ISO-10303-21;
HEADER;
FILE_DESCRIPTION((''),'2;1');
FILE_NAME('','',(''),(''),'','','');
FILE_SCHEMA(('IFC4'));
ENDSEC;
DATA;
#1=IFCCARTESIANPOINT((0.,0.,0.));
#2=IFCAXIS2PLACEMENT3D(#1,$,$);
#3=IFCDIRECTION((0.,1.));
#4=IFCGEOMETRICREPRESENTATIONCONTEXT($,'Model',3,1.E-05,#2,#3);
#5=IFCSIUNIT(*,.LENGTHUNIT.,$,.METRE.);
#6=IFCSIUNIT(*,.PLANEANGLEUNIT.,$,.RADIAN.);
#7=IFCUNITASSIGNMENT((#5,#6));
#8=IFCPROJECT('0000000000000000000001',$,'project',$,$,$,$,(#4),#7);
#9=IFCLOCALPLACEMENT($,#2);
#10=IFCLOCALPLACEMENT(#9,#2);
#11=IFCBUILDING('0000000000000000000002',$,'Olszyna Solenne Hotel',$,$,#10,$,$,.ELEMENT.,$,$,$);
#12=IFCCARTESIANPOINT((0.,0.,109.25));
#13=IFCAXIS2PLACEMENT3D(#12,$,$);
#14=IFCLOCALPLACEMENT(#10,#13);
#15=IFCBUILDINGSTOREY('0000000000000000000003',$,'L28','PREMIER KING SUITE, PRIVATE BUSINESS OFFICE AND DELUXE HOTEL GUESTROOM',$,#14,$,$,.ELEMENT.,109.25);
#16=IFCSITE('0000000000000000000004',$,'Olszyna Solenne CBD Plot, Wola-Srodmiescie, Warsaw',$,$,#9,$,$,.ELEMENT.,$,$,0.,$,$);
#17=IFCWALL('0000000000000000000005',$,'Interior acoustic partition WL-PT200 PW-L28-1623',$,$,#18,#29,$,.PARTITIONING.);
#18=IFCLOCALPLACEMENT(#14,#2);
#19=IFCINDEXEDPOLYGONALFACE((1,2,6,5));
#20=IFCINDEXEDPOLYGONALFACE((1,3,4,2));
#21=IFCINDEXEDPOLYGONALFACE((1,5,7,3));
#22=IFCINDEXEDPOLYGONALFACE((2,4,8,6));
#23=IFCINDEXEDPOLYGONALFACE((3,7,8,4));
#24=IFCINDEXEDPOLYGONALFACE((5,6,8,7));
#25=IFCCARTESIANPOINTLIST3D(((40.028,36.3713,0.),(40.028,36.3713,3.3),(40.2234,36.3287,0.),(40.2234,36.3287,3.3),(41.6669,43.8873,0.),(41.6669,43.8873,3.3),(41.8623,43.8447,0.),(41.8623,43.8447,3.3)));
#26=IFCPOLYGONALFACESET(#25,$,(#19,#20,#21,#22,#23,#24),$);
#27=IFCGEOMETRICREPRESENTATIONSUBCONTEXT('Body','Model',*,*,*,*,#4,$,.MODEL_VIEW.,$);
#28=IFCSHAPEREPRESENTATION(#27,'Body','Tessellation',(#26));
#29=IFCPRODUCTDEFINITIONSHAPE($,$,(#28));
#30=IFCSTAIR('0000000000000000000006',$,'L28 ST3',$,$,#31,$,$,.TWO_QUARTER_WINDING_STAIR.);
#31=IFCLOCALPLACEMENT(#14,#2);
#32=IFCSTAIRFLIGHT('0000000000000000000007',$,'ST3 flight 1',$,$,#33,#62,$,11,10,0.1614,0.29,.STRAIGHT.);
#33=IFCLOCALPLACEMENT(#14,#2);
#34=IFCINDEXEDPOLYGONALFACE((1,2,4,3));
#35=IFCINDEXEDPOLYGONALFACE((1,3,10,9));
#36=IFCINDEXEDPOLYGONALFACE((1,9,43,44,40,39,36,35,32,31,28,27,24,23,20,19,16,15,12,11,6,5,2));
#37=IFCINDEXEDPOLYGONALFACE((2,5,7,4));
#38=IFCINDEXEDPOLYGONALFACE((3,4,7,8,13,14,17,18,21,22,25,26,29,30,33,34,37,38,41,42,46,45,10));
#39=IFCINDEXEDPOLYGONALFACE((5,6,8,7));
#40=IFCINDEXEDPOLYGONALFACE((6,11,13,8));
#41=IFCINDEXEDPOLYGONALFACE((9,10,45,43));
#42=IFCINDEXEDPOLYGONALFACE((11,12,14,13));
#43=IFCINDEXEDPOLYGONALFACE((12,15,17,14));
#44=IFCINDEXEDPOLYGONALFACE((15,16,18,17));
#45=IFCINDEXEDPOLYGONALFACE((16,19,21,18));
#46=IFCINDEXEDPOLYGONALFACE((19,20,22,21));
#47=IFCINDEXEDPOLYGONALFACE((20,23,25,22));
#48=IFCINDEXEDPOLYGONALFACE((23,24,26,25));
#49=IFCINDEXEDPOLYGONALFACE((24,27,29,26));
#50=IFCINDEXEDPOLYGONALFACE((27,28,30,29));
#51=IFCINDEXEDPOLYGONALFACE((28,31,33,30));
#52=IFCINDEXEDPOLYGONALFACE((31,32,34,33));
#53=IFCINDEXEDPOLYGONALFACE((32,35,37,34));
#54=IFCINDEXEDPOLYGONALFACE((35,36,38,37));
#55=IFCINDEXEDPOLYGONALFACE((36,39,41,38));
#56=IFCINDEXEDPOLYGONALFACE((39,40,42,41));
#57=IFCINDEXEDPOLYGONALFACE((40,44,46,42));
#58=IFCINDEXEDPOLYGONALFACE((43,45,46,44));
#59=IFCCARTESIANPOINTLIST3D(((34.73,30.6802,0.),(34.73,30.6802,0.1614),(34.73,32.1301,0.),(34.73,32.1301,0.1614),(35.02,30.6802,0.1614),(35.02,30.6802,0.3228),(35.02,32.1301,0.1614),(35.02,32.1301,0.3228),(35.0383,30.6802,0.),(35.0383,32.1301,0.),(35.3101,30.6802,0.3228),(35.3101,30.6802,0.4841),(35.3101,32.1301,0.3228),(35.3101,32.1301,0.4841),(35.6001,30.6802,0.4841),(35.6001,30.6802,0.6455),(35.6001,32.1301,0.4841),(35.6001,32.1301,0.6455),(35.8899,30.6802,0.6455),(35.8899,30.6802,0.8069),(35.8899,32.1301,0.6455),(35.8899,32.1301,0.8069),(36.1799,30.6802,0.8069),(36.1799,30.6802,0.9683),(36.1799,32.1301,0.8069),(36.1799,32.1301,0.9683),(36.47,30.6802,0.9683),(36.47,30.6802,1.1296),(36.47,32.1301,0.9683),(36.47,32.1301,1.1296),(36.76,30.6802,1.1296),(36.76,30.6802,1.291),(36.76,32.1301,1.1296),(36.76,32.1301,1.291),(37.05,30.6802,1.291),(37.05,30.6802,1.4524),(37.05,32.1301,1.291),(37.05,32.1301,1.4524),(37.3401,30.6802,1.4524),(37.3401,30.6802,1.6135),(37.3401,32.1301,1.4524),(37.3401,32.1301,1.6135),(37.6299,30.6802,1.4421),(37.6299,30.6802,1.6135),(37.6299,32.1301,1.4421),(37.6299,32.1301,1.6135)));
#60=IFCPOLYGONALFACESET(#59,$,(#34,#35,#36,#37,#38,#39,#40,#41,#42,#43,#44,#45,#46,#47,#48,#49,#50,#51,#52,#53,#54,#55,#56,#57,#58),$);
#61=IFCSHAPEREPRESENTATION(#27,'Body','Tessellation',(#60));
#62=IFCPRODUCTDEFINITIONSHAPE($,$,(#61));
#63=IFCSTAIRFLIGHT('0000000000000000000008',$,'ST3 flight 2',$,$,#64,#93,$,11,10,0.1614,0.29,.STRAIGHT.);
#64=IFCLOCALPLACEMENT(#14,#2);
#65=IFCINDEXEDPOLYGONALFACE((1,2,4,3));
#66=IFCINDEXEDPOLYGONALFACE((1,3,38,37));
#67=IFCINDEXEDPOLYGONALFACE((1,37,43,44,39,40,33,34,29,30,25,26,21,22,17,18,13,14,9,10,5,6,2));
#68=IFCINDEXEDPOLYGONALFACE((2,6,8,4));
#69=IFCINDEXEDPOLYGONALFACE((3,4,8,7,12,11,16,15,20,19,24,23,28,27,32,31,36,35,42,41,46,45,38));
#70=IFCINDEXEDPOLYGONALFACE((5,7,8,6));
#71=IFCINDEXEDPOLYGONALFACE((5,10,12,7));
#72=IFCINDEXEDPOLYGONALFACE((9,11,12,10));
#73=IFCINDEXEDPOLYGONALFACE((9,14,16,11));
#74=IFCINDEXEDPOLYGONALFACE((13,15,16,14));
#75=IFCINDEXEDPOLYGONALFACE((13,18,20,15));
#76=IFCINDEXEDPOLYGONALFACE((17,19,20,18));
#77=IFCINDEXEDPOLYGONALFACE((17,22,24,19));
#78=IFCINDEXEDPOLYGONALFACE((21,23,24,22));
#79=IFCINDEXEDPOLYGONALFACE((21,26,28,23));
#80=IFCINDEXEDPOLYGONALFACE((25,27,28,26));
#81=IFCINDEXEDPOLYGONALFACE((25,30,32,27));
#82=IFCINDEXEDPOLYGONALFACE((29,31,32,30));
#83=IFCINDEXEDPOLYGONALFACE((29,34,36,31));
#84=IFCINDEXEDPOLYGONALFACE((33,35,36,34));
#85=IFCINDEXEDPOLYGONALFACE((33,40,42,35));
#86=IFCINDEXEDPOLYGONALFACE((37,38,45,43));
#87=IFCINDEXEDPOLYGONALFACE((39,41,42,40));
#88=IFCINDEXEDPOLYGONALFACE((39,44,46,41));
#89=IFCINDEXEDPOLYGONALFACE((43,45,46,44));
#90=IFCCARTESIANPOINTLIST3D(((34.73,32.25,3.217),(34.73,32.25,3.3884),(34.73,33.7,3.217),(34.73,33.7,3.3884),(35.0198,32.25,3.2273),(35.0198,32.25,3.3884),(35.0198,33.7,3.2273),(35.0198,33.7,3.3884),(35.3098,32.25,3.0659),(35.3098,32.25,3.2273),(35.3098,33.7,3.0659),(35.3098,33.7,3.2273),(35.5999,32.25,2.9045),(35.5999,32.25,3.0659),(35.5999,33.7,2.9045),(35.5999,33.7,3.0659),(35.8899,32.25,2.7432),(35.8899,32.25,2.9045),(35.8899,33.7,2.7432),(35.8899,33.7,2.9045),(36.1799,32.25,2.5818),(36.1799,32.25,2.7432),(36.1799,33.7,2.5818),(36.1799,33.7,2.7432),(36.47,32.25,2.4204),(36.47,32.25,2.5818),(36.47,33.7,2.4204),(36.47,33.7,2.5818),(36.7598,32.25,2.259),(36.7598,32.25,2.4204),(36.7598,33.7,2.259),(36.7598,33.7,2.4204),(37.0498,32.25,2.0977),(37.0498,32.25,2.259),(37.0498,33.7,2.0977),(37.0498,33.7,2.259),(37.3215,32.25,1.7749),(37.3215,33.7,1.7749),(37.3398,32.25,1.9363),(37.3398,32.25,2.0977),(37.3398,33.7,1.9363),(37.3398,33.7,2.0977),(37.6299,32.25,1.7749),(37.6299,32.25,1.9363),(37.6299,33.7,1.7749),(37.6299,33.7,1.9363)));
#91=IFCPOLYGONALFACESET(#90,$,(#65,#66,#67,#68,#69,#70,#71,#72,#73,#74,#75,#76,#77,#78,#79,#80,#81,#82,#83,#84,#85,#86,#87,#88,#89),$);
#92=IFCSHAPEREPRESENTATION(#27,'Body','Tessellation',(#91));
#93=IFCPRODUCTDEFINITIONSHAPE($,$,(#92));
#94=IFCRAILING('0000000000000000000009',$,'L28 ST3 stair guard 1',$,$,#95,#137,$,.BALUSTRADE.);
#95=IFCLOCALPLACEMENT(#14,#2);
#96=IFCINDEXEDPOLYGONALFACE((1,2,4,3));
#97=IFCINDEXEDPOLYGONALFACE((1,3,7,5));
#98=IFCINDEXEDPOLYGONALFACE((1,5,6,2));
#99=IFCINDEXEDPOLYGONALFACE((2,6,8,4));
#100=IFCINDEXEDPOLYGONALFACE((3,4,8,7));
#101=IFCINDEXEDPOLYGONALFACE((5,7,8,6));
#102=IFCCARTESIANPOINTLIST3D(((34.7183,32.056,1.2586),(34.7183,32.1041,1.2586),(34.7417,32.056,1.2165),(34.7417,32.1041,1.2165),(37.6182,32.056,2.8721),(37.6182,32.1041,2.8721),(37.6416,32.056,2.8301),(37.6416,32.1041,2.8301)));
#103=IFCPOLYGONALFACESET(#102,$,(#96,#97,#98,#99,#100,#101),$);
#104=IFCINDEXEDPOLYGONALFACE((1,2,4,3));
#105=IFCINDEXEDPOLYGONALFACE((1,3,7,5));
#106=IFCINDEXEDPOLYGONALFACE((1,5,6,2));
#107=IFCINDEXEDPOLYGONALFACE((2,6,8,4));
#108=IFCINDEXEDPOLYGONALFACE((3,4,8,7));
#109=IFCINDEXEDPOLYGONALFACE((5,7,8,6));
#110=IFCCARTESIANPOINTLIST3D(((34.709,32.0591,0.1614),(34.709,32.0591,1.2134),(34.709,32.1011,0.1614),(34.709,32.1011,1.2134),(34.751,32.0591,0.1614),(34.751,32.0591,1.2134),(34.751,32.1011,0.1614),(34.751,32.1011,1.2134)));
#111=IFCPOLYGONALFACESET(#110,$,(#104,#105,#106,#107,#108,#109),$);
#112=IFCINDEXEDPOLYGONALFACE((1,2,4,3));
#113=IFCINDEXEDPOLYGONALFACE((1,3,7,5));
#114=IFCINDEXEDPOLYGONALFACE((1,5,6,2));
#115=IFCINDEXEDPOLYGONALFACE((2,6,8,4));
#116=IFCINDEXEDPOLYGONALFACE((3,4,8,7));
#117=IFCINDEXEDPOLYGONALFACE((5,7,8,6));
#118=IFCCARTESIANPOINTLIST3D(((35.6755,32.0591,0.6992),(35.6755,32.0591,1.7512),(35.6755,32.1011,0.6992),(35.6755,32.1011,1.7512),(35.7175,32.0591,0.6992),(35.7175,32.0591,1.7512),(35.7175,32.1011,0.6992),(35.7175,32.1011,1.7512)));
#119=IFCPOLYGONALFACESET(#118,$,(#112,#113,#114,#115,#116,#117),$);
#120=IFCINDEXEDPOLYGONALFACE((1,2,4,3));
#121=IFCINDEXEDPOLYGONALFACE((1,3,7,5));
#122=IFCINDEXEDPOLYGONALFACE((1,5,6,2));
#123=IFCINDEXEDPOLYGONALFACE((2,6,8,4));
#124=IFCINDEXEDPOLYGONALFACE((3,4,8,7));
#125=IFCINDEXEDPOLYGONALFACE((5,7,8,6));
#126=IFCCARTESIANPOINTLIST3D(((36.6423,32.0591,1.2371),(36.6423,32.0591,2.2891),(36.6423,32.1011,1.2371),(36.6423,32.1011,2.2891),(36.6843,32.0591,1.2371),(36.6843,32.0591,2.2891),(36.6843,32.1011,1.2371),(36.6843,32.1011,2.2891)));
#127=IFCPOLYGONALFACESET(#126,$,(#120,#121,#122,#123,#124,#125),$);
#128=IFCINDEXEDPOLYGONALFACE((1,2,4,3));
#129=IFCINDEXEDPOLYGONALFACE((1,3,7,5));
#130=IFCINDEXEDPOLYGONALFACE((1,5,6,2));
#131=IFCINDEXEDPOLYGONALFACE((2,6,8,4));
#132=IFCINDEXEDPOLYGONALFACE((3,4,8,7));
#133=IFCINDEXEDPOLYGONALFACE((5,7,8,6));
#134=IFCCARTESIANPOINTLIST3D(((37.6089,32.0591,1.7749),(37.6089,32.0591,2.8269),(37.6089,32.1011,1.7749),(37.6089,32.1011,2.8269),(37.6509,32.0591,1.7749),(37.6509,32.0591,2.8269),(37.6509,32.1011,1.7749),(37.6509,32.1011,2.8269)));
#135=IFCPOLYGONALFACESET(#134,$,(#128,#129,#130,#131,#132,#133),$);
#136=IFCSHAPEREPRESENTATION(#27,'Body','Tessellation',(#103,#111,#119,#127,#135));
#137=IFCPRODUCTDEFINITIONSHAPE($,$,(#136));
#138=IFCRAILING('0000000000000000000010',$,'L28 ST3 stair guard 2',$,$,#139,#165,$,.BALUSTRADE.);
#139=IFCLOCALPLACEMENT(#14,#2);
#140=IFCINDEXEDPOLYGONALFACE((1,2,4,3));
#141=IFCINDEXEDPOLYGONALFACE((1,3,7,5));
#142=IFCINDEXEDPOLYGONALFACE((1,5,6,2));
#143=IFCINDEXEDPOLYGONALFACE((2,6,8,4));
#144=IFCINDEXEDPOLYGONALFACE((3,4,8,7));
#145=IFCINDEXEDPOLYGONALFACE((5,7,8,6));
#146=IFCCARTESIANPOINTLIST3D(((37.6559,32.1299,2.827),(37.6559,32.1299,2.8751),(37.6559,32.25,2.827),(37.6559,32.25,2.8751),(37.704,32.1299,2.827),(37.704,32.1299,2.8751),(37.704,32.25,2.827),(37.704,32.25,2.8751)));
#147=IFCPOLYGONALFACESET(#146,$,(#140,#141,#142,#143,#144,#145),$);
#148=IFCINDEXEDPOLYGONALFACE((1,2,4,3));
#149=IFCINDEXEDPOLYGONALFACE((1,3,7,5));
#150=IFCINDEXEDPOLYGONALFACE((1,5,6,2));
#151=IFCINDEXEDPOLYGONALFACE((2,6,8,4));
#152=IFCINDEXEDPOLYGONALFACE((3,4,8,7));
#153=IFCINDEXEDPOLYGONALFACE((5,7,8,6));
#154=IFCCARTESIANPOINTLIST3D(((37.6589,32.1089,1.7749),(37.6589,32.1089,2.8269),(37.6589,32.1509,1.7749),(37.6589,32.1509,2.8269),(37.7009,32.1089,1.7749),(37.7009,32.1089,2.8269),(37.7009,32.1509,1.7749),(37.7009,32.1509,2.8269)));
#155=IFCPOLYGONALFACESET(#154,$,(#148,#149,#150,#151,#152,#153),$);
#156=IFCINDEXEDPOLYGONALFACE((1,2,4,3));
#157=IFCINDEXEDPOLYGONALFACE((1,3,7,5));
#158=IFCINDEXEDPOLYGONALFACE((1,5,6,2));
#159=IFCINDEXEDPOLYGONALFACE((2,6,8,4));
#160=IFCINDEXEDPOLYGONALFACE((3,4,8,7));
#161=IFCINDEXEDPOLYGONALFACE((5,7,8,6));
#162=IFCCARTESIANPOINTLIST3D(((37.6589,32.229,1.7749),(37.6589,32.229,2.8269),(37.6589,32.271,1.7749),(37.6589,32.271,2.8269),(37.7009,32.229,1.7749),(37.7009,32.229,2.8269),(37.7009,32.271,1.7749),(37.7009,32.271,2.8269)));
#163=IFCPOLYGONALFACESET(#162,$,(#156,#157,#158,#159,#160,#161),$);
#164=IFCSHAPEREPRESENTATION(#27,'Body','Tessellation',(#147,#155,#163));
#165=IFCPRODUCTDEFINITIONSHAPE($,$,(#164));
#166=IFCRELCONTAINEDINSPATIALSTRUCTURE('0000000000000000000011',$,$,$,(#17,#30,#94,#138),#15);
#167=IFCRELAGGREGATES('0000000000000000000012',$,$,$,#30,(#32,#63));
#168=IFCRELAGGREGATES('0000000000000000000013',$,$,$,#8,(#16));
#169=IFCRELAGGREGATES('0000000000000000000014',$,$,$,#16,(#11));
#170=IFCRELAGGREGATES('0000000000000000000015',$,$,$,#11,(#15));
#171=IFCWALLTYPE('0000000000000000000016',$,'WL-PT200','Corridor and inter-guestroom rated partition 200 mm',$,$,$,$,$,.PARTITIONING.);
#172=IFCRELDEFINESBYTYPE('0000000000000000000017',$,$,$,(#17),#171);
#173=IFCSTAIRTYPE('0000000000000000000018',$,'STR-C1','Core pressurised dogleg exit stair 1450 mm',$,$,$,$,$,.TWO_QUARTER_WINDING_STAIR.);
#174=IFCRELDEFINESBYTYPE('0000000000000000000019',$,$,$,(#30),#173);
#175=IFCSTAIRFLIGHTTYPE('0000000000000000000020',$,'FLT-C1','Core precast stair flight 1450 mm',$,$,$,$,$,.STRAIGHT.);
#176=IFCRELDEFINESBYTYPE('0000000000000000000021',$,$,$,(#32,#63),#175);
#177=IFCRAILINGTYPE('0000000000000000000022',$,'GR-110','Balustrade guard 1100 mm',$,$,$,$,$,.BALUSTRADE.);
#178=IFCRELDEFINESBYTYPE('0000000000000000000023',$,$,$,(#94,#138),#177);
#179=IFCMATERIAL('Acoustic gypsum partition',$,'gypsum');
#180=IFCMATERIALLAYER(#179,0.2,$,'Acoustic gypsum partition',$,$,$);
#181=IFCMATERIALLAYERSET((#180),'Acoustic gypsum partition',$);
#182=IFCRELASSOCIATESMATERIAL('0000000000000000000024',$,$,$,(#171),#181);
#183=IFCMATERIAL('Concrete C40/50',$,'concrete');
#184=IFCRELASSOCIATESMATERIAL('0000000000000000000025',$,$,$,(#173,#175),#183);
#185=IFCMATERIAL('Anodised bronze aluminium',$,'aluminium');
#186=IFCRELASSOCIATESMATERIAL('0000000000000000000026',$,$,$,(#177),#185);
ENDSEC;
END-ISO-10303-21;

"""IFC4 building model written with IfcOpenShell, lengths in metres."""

from ifc_helpers import new_model, si_unit, direction, frame, frame_2d, origin, origin_2d, place, context, subcontext, project, spatial, polyline, rectangle, outline, extrude, material, layer, layer_set, type_object, element, aggregate, save


model = new_model("IFC4")

# Units and contexts
model_context = context("Model", 3, precision=1e-05, world=origin(), true_north=direction((0.0, 1.0)))
body_context = subcontext(model_context, "Body", "Model", "MODEL_VIEW")
ifc_project = project(units=[si_unit("LENGTHUNIT", "METRE"), si_unit("PLANEANGLEUNIT", "RADIAN")], contexts=[model_context])

# Site, building, storey
site_placement = place(None, origin())
site = spatial("IfcSite", under=ifc_project, at=site_placement, Name="Olszyna Solenne CBD Plot, Wola-Srodmiescie, Warsaw", CompositionType="ELEMENT", RefElevation=0.0)
building_placement = place(site_placement, origin())
building = spatial("IfcBuilding", under=site, at=building_placement, Name="Olszyna Solenne Hotel", CompositionType="ELEMENT")
storey_placement = place(building_placement, frame((0.0, 0.0, 109.25)))
storey = spatial("IfcBuildingStorey", under=building, at=storey_placement, Name="L28", Description="PREMIER KING SUITE, PRIVATE BUSINESS OFFICE AND DELUXE HOTEL GUESTROOM", CompositionType="ELEMENT", Elevation=109.25)

# Shared definitions
ifc_material_1 = material(Name="Anodised bronze aluminium", Category="aluminium")

# Shared definitions
ifc_material_2 = material(Name="Acoustic gypsum partition", Category="gypsum")

# Wall
ifc_layer_1 = layer(ifc_material_2, 0.2, Name="Acoustic gypsum partition")
ifc_layer_set_1 = layer_set([ifc_layer_1], Name="Acoustic gypsum partition")
wall_type_1 = type_object("IfcWallType", Name="WL-PT200", Description="Corridor and inter-guestroom rated partition 200 mm", PredefinedType="PARTITIONING", material=ifc_layer_set_1)
wall_1_placement = place(storey_placement, frame((40.1257, 36.3501, 0.0), z_axis=(0.0, 0.0, 1.0), x_axis=(0.213048, 0.977042, 0.0)))
element("IfcWall", 1, at=wall_1_placement, inside=storey, type_object=wall_type_1, Name="Interior acoustic partition WL-PT200 PW-L28-1623", PredefinedType="PARTITIONING", context=body_context, shape_type="SweptSolid", body=[
    extrude(rectangle(XDim=7.6926, YDim=0.2, at=frame_2d((3.8462, 0.0))), origin(), (0.0, 0.0, 1.0), 3.3),
])

# Stair, stair flights
ifc_material_3 = material(Name="Concrete C40/50", Category="concrete")
stair_type = type_object("IfcStairType", Name="STR-C1", Description="Core pressurised dogleg exit stair 1450 mm", PredefinedType="TWO_QUARTER_WINDING_STAIR", material=ifc_material_3)
stair_placement = place(storey_placement, origin())
stair = element("IfcStair", 2, at=stair_placement, inside=storey, type_object=stair_type, Name="L28 ST3", PredefinedType="TWO_QUARTER_WINDING_STAIR")
stair_flight_type = type_object("IfcStairFlightType", Name="FLT-C1", Description="Core precast stair flight 1450 mm", PredefinedType="STRAIGHT", material=ifc_material_3)
stair_flight_1_placement = place(storey_placement, frame((34.73, 31.405, 0.0), z_axis=(0.0, 0.0, 1.0), x_axis=(1.0, 0.0, 0.0)))
stair_flight_1 = element("IfcStairFlight", 3, at=stair_flight_1_placement, type_object=stair_flight_type, Name="ST3 flight 1", NumberOfRisers=11, NumberOfTreads=10, PredefinedType="STRAIGHT", RiserHeight=0.1614, TreadLength=0.29, context=body_context, shape_type="SweptSolid", body=[
    extrude(outline(polyline([(0.0, 0.0), (0.0, 0.1614), (0.29, 0.1614), (0.29, 0.3228), (0.5801, 0.3228), (0.5801, 0.4841), (0.8701, 0.4841), (0.8701, 0.6455), (1.1599, 0.6455), (1.1599, 0.8069), (1.45, 0.8069), (1.45, 0.9683), (1.74, 0.9683), (1.74, 1.1296), (2.03, 1.1296), (2.03, 1.291), (2.3201, 1.291), (2.3201, 1.4524), (2.6101, 1.4524), (2.6101, 1.6135), (2.8999, 1.6135), (2.8999, 1.7749), (2.8999, 1.4421), (0.3083, 0.0), (0.0, 0.0)])), frame((0.0, 0.7251, 0.0), z_axis=(0.0, -1.0, 0.0), x_axis=(1.0, 0.0, 0.0)), (0.0, 0.0, 1.0), 1.45),
])
stair_flight_2_placement = place(storey_placement, frame((37.6299, 32.9751, 1.7749), z_axis=(0.0, 0.0, 1.0), x_axis=(-1.0, 0.0, 0.0)))
stair_flight_2 = element("IfcStairFlight", 4, at=stair_flight_2_placement, type_object=stair_flight_type, Name="ST3 flight 2", NumberOfRisers=11, NumberOfTreads=10, PredefinedType="STRAIGHT", RiserHeight=0.1614, TreadLength=0.29, context=body_context, shape_type="SweptSolid", body=[
    extrude(outline(polyline([(0.0, 0.0), (0.0, 0.1614), (0.29, 0.1614), (0.29, 0.3228), (0.5801, 0.3228), (0.5801, 0.4841), (0.8701, 0.4841), (0.8701, 0.6455), (1.1599, 0.6455), (1.1599, 0.8069), (1.45, 0.8069), (1.45, 0.9683), (1.74, 0.9683), (1.74, 1.1296), (2.03, 1.1296), (2.03, 1.291), (2.3201, 1.291), (2.3201, 1.4524), (2.6101, 1.4524), (2.6101, 1.6135), (2.8999, 1.6135), (2.8999, 1.7749), (2.8999, 1.4421), (0.3083, 0.0), (0.0, 0.0)])), frame((0.0, 0.7251, 0.0), z_axis=(0.0, -1.0, 0.0), x_axis=(1.0, 0.0, 0.0)), (0.0, 0.0, 1.0), 1.45),
])
aggregate(stair, [stair_flight_1, stair_flight_2])

# Railings
railing_type_1 = type_object("IfcRailingType", Name="GR-110", Description="Balustrade guard 1100 mm", PredefinedType="BALUSTRADE", material=ifc_material_1)
railing_1_placement = place(storey_placement, frame((34.73, 32.0801, 0.1614)))
element("IfcRailing", 5, at=railing_1_placement, inside=storey, type_object=railing_type_1, Name="L28 ST3 stair guard 1", PredefinedType="BALUSTRADE", context=body_context, shape_type="SweptSolid", body=[
    extrude(rectangle(XDim=0.0481, YDim=0.0481, at=origin_2d()), frame((0.0, 0.0, 1.0762), z_axis=(0.873841, 0.0, 0.486211), x_axis=(0.0, 1.0, 0.0)), (0.0, 0.0, 1.0), 3.3186),
    extrude(rectangle(XDim=0.042, YDim=0.042, at=origin_2d()), origin(), (0.0, 0.0, 1.0), 1.052),
    extrude(rectangle(XDim=0.042, YDim=0.042, at=origin_2d()), frame((0.9666, 0.0, 0.5378)), (0.0, 0.0, 1.0), 1.052),
    extrude(rectangle(XDim=0.042, YDim=0.042, at=origin_2d()), frame((1.9333, 0.0, 1.0757)), (0.0, 0.0, 1.0), 1.052),
    extrude(rectangle(XDim=0.042, YDim=0.042, at=origin_2d()), frame((2.8999, 0.0, 1.6135)), (0.0, 0.0, 1.0), 1.052),
])
railing_2_placement = place(storey_placement, frame((37.6799, 32.1299, 1.7749)))
element("IfcRailing", 6, at=railing_2_placement, inside=storey, type_object=railing_type_1, Name="L28 ST3 stair guard 2", PredefinedType="BALUSTRADE", context=body_context, shape_type="SweptSolid", body=[
    extrude(rectangle(XDim=0.0481, YDim=0.0481, at=origin_2d()), frame((0.0, 0.0, 1.0762), z_axis=(0.0, 1.0, 0.0), x_axis=(-1.0, 0.0, 0.0)), (0.0, 0.0, 1.0), 0.1201),
    extrude(rectangle(XDim=0.042, YDim=0.042, at=origin_2d()), origin(), (0.0, 0.0, 1.0), 1.052),
    extrude(rectangle(XDim=0.042, YDim=0.042, at=origin_2d()), frame((0.0, 0.1201, 0.0)), (0.0, 0.0, 1.0), 1.052),
])

save(model, "model.ifc")
